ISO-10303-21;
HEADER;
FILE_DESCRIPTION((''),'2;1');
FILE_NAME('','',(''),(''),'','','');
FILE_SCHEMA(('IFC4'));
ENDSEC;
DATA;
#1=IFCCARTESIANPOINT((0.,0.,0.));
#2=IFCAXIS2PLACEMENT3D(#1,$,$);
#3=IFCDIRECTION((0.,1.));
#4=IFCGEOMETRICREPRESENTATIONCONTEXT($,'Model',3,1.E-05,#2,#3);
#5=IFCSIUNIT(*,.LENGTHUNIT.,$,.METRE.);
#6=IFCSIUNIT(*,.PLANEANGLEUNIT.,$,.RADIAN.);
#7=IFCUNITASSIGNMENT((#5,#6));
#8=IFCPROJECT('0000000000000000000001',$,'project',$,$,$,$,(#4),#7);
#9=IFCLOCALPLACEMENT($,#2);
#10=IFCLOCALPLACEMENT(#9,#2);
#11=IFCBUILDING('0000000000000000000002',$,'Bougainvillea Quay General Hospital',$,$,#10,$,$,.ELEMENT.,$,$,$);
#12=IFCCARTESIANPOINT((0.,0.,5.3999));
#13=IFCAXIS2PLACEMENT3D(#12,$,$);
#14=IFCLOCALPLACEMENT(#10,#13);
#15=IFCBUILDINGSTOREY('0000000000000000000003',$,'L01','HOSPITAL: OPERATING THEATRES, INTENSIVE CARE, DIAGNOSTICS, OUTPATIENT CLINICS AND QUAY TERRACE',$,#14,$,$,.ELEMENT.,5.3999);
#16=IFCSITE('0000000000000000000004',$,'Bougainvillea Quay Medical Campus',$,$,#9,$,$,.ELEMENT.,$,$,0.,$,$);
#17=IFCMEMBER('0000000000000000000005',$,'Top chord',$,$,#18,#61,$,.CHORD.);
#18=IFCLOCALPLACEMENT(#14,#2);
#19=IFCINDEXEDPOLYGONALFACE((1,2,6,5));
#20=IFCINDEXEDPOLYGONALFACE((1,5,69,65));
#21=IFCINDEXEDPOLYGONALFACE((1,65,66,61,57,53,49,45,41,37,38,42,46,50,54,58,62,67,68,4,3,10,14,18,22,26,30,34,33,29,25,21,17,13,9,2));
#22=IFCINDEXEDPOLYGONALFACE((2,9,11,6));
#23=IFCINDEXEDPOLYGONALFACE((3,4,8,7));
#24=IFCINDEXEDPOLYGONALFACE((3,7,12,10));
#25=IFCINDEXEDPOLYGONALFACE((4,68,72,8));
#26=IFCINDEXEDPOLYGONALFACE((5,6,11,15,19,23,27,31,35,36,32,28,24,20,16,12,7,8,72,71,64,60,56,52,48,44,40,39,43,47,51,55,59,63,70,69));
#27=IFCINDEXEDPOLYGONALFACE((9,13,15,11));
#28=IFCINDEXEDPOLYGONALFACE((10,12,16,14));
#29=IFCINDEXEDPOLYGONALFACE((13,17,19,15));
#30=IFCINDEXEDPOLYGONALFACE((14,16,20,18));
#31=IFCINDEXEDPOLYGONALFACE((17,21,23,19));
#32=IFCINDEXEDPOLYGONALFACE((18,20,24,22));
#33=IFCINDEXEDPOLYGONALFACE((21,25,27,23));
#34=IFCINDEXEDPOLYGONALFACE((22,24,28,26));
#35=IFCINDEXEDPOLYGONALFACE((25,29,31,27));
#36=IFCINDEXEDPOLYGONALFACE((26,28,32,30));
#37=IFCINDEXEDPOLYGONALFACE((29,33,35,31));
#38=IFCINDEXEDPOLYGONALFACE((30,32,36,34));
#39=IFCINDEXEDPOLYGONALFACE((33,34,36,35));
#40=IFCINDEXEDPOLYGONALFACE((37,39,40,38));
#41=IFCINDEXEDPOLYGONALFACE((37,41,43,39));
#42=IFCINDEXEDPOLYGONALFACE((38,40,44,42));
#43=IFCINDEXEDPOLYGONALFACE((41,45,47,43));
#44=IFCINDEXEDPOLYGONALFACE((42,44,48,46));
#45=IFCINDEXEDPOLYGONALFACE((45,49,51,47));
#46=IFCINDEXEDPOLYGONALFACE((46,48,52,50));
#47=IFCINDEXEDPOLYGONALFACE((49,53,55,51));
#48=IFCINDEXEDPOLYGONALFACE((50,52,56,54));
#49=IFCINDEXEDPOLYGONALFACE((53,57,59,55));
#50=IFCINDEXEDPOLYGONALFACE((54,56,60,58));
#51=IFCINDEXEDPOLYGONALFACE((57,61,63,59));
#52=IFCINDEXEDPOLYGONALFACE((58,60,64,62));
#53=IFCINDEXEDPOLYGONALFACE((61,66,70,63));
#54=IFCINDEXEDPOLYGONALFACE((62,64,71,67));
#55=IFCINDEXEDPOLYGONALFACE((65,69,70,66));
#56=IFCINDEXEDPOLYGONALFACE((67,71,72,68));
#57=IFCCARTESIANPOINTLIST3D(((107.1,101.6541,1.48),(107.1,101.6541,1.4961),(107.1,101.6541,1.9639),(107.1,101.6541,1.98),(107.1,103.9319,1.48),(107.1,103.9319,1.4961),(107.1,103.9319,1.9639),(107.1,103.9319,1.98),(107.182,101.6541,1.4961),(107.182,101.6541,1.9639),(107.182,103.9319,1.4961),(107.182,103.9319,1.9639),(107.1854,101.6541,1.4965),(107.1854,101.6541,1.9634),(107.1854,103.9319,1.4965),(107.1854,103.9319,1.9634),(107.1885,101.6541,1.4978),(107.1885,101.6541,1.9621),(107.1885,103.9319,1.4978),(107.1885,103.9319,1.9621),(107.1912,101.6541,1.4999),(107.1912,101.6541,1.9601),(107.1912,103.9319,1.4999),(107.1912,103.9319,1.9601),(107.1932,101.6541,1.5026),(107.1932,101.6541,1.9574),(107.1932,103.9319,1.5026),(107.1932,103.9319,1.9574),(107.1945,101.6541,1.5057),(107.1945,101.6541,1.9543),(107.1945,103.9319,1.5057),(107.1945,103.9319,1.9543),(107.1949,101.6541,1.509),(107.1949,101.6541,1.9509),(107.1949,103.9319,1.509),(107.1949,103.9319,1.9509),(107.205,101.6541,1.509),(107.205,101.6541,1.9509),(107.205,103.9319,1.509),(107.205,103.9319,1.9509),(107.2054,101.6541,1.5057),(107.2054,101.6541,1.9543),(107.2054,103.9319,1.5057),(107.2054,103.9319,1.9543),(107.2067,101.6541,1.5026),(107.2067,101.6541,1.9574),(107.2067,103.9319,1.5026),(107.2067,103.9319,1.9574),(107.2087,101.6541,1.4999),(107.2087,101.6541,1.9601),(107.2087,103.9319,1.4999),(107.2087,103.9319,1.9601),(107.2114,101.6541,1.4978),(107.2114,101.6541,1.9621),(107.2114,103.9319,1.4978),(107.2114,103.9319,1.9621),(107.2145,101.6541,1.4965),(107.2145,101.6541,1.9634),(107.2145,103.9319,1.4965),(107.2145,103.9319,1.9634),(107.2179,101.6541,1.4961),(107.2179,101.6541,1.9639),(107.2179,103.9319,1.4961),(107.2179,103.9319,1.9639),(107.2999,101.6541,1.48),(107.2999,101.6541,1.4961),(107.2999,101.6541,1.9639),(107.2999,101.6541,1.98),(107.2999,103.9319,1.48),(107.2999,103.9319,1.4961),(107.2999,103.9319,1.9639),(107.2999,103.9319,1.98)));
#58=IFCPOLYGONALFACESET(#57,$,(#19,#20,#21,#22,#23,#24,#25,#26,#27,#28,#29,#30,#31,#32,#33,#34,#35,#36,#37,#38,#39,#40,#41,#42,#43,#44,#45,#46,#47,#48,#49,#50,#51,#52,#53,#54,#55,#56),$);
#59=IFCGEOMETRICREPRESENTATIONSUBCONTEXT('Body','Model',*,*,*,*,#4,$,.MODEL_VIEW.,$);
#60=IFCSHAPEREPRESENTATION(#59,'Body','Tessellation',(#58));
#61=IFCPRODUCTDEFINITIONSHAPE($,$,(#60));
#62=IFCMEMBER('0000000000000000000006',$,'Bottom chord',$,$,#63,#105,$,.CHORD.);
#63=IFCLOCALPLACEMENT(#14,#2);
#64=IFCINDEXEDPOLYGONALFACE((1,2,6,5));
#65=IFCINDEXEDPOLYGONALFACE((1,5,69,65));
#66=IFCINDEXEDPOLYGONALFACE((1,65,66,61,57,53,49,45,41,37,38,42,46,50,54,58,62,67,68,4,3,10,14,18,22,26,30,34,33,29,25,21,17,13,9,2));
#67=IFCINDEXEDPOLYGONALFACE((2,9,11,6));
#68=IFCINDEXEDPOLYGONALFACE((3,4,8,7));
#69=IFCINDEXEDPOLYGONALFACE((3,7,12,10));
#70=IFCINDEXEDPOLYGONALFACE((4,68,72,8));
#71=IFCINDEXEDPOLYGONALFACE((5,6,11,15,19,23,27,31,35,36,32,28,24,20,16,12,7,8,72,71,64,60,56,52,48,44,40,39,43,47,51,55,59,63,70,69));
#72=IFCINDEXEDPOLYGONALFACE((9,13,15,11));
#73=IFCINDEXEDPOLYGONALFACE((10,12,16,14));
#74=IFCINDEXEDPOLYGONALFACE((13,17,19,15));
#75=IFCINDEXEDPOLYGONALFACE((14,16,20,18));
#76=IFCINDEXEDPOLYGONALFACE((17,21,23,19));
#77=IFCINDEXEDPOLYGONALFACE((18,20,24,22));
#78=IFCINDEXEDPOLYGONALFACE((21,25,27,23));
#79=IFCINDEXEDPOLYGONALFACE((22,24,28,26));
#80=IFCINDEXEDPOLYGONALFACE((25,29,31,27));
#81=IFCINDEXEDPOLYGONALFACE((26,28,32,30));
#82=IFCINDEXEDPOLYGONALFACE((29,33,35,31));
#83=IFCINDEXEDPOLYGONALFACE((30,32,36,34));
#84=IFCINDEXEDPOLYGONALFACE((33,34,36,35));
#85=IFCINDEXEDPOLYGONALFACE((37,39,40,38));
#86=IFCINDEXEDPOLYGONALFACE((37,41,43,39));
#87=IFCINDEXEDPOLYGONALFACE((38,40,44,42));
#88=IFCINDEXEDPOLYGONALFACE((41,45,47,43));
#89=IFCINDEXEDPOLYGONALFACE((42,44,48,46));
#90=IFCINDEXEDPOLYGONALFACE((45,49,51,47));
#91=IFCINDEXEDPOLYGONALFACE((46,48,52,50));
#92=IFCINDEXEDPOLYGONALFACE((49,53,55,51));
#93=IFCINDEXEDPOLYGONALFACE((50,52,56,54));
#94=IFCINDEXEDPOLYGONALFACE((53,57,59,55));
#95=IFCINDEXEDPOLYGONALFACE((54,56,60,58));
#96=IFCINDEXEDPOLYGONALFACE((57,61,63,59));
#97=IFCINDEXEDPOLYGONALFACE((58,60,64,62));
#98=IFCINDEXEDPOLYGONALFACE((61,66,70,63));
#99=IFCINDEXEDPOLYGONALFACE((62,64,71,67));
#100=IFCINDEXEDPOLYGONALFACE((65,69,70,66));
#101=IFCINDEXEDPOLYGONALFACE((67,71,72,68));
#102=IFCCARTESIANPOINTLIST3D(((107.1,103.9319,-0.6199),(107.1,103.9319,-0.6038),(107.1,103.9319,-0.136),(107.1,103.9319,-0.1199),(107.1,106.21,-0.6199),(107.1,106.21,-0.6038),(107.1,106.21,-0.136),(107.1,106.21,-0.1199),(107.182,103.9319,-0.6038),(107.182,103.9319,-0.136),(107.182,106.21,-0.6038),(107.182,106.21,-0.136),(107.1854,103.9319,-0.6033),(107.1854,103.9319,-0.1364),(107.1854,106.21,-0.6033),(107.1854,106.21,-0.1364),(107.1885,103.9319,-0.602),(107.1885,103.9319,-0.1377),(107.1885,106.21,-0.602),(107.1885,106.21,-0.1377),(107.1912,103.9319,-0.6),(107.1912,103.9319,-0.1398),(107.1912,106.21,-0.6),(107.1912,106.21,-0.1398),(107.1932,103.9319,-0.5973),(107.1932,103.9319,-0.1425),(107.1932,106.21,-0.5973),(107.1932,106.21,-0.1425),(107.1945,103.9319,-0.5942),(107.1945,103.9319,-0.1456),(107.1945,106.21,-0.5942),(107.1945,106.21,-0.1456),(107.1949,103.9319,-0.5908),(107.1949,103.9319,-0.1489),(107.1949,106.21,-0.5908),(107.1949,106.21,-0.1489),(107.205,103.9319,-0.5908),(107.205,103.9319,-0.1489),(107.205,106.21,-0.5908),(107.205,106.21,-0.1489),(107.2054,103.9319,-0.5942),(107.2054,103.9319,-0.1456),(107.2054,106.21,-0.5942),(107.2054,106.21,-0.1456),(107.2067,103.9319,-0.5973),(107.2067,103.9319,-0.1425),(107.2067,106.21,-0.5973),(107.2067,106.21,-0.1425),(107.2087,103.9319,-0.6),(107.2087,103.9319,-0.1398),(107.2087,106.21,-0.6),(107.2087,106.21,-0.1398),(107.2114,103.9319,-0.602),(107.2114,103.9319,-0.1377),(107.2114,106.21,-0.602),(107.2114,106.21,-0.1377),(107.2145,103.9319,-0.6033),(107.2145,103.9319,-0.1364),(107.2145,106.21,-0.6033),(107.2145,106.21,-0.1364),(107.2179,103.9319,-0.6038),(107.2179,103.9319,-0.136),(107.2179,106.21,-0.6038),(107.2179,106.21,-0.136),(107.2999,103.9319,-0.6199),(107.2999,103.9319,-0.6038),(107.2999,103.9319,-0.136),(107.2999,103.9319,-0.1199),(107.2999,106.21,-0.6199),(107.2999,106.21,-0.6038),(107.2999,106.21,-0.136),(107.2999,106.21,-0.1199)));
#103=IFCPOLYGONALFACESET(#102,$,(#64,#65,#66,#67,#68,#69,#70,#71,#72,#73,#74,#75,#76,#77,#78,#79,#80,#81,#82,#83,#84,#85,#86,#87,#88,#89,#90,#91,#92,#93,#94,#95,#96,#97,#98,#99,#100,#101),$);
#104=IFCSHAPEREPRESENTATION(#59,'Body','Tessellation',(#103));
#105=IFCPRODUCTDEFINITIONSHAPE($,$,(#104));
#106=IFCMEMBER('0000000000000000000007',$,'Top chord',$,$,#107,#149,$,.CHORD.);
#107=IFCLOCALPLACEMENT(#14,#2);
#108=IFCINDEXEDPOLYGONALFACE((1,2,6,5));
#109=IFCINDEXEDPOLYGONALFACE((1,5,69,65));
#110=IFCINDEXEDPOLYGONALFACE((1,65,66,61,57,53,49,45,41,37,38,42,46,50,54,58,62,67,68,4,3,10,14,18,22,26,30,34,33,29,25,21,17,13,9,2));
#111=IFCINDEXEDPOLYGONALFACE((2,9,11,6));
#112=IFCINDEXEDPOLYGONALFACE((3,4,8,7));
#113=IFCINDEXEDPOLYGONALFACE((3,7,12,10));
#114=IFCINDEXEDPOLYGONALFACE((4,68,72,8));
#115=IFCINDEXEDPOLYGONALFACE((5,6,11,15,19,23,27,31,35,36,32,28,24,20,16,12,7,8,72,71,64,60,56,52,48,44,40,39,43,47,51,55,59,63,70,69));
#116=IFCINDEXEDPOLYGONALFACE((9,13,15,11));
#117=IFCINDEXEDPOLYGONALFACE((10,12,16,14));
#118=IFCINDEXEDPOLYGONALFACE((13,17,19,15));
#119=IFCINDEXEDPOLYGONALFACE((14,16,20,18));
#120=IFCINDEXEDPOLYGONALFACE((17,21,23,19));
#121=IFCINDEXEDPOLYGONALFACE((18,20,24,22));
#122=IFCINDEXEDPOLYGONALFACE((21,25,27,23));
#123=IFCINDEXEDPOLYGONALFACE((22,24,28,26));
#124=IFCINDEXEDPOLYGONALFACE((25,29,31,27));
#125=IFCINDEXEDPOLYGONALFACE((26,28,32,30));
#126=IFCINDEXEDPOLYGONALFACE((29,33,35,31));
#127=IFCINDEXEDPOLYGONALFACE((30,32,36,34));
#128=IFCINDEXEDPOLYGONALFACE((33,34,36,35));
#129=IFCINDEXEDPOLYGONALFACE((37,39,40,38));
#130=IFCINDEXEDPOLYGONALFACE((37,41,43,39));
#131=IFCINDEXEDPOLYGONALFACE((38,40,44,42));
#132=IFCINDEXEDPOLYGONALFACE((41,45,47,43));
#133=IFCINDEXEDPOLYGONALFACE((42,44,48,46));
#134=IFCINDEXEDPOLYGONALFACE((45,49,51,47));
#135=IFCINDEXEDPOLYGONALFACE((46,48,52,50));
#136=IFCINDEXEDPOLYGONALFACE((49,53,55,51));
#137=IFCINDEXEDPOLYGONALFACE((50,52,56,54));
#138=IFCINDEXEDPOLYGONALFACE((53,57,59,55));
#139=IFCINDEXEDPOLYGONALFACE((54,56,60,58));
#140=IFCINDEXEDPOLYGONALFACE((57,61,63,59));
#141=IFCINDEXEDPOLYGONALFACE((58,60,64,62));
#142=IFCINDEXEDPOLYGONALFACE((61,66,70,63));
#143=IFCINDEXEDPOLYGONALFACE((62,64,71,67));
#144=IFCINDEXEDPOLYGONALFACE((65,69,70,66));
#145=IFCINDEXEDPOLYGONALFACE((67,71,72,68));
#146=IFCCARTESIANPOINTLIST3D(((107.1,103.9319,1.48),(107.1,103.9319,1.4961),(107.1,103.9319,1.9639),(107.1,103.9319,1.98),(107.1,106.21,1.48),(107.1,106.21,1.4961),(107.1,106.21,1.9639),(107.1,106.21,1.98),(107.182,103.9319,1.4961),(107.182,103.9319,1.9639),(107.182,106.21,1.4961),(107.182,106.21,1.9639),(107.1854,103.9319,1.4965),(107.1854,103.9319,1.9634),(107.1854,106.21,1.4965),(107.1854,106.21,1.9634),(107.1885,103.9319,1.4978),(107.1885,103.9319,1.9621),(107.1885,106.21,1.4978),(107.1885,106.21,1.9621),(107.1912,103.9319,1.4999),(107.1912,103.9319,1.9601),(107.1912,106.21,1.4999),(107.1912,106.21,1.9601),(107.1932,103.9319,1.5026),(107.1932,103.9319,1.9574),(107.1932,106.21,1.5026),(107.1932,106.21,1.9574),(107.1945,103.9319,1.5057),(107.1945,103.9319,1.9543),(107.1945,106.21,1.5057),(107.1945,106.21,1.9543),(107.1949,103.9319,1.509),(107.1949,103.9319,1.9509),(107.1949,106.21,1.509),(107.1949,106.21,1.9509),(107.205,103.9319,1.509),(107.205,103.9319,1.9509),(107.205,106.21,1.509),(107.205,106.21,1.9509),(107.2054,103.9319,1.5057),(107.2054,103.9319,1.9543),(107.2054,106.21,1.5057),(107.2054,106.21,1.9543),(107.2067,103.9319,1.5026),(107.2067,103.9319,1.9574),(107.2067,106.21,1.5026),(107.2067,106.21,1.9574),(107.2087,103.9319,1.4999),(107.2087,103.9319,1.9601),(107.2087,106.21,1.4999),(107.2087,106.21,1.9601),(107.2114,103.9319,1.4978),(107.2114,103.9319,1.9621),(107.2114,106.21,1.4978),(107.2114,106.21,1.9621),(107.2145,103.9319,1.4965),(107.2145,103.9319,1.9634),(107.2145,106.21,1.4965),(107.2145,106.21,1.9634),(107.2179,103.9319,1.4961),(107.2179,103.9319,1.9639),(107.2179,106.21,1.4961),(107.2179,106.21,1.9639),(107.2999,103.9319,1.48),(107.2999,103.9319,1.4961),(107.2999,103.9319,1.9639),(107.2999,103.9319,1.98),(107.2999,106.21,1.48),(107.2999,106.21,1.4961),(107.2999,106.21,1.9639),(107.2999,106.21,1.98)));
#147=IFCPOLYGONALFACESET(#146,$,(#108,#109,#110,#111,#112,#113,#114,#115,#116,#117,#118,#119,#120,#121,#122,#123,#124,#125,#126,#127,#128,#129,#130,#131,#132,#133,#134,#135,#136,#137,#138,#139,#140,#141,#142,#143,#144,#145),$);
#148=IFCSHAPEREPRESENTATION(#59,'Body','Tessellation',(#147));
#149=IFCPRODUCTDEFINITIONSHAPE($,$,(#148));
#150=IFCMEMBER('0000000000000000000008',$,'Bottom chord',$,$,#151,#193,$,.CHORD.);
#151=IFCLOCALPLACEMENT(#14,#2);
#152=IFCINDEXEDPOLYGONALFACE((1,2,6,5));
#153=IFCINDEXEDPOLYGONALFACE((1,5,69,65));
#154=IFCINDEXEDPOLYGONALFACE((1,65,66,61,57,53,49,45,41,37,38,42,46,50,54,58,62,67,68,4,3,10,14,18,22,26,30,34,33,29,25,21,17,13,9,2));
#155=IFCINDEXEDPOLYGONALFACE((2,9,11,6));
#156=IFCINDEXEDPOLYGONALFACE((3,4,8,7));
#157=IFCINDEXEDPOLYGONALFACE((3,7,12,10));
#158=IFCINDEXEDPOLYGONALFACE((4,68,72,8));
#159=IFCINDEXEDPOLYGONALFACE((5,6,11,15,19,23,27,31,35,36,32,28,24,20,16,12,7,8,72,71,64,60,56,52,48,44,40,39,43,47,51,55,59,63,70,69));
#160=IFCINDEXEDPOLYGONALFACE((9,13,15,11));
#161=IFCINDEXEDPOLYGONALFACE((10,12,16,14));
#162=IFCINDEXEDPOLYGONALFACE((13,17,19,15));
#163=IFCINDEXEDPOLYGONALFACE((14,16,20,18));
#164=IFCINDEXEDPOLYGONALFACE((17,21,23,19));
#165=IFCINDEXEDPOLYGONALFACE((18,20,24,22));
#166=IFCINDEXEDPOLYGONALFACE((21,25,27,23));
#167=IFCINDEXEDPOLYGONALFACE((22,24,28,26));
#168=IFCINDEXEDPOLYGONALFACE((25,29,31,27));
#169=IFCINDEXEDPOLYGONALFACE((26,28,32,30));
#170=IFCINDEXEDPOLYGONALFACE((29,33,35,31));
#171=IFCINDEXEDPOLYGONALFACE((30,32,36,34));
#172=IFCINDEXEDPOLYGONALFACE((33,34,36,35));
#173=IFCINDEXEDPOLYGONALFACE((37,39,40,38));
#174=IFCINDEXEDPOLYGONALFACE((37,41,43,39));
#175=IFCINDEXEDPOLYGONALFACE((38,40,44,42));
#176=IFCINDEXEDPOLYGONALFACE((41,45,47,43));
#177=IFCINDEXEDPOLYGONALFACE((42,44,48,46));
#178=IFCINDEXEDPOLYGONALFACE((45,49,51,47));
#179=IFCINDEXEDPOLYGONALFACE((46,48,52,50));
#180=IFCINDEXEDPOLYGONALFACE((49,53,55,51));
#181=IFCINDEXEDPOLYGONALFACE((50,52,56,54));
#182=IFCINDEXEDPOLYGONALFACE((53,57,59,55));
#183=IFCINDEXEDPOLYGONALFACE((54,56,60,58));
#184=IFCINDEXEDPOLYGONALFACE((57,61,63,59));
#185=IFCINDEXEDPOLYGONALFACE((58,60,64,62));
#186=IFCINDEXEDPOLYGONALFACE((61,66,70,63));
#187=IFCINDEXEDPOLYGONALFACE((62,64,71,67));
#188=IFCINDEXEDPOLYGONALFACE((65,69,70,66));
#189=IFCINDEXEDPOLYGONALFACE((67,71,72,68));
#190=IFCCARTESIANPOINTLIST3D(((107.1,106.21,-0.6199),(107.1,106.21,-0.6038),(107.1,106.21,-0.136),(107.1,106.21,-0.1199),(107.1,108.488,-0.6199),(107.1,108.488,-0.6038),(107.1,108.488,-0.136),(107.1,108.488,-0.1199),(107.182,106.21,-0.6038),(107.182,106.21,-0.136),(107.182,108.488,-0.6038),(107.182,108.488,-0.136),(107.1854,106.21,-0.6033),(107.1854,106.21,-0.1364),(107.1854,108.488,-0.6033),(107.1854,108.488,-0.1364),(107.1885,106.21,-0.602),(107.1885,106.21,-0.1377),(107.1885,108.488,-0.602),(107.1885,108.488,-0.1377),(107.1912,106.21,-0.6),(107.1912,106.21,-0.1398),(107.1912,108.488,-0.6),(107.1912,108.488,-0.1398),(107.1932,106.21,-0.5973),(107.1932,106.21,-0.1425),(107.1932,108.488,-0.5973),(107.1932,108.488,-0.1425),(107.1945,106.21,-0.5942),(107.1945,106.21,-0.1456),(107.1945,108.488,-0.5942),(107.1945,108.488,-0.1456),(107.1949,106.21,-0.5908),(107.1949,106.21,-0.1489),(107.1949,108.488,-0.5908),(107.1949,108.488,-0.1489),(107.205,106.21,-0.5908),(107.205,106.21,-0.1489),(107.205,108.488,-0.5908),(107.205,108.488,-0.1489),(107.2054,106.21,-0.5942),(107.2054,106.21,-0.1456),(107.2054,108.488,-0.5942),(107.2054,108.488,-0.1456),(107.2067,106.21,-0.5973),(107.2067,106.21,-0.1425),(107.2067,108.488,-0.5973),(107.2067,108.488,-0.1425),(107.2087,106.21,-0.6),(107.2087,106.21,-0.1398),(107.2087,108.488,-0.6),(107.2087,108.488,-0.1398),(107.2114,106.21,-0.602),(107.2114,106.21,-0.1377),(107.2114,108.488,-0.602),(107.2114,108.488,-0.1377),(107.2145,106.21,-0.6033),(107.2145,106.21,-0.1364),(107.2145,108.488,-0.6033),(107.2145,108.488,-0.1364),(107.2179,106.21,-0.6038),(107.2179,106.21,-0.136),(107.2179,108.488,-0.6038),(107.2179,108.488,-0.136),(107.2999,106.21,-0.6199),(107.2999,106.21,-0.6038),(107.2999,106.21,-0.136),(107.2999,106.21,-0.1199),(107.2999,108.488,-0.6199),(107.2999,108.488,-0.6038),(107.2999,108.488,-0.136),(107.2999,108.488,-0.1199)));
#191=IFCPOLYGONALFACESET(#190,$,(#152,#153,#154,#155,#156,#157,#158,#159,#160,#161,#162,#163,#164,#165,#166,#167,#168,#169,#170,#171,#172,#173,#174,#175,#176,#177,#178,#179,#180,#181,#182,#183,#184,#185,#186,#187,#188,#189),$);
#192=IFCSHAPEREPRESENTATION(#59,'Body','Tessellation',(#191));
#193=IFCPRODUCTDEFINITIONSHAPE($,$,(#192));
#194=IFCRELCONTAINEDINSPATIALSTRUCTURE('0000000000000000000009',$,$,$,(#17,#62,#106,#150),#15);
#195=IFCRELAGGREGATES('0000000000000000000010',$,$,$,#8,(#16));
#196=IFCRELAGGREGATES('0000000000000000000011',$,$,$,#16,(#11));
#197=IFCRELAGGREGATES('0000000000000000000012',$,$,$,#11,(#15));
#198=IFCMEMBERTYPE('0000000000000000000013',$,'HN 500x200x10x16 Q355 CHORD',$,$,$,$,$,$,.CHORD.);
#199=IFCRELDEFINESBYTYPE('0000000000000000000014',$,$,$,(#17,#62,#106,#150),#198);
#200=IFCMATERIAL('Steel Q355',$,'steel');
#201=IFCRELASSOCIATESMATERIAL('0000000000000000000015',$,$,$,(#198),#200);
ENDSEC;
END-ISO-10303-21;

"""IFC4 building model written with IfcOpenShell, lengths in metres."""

from ifc_helpers import new_model, si_unit, direction, frame, origin, origin_2d, place, context, subcontext, project, spatial, i_section, extrude, material, material_profile, profile_set, type_object, element, save


model = new_model("IFC4")

# Units and contexts
model_context = context("Model", 3, precision=1e-05, world=origin(), true_north=direction((0.0, 1.0)))
body_context = subcontext(model_context, "Body", "Model", "MODEL_VIEW")
ifc_project = project(units=[si_unit("LENGTHUNIT", "METRE"), si_unit("PLANEANGLEUNIT", "RADIAN")], contexts=[model_context])

# Site, building, storey
site_placement = place(None, origin())
site = spatial("IfcSite", under=ifc_project, at=site_placement, Name="Bougainvillea Quay Medical Campus", CompositionType="ELEMENT", RefElevation=0.0)
building_placement = place(site_placement, origin())
building = spatial("IfcBuilding", under=site, at=building_placement, Name="Bougainvillea Quay General Hospital", CompositionType="ELEMENT")
storey_placement = place(building_placement, frame((0.0, 0.0, 5.3999)))
storey = spatial("IfcBuildingStorey", under=building, at=storey_placement, Name="L01", Description="HOSPITAL: OPERATING THEATRES, INTENSIVE CARE, DIAGNOSTICS, OUTPATIENT CLINICS AND QUAY TERRACE", CompositionType="ELEMENT", Elevation=5.3999)

# Members
ifc_material = material(Name="Steel Q355", Category="steel")
ifc_material_profile_1 = material_profile(ifc_material, i_section(OverallWidth=0.2, OverallDepth=0.5, WebThickness=0.01, FlangeThickness=0.0161, FilletRadius=0.0129, at=origin_2d()))
ifc_profile_set_1 = profile_set([ifc_material_profile_1], Name="Steel Q355")
member_type_1 = type_object("IfcMemberType", Name="HN 500x200x10x16 Q355 CHORD", PredefinedType="CHORD", material=ifc_profile_set_1)
for number, where, z_axis, x_axis, name in (
    (1, (107.2, 101.6541, 1.73), (0.0, 1.0, 0.0), (-1.0, 0.0, 0.0), "Top chord"),
):
    element("IfcMember", number, at=place(storey_placement, frame(where, z_axis=z_axis, x_axis=x_axis)), inside=storey, type_object=member_type_1, Name=name, PredefinedType="CHORD", context=body_context, shape_type="SweptSolid", body=[
        extrude(i_section(OverallWidth=0.2, OverallDepth=0.5, WebThickness=0.01, FlangeThickness=0.0161, FilletRadius=0.0129, at=origin_2d()), origin(), (0.0, 0.0, 1.0), 2.2778),
    ])
for number, where, z_axis, x_axis, name in (
    (2, (107.2, 103.9319, -0.3699), (0.0, 1.0, 0.0), (-1.0, 0.0, 0.0), "Bottom chord"),
    (3, (107.2, 103.9319, 1.73), (0.0, 1.0, 0.0), (-1.0, 0.0, 0.0), "Top chord"),
    (4, (107.2, 106.21, -0.3699), (0.0, 1.0, 0.0), (-1.0, 0.0, 0.0), "Bottom chord"),
):
    element("IfcMember", number, at=place(storey_placement, frame(where, z_axis=z_axis, x_axis=x_axis)), inside=storey, type_object=member_type_1, Name=name, PredefinedType="CHORD", context=body_context, shape_type="SweptSolid", body=[
        extrude(i_section(OverallWidth=0.2, OverallDepth=0.5, WebThickness=0.01, FlangeThickness=0.0161, FilletRadius=0.0129, at=origin_2d()), origin(), (0.0, 0.0, 1.0), 2.2781),
    ])

save(model, "model.ifc")
